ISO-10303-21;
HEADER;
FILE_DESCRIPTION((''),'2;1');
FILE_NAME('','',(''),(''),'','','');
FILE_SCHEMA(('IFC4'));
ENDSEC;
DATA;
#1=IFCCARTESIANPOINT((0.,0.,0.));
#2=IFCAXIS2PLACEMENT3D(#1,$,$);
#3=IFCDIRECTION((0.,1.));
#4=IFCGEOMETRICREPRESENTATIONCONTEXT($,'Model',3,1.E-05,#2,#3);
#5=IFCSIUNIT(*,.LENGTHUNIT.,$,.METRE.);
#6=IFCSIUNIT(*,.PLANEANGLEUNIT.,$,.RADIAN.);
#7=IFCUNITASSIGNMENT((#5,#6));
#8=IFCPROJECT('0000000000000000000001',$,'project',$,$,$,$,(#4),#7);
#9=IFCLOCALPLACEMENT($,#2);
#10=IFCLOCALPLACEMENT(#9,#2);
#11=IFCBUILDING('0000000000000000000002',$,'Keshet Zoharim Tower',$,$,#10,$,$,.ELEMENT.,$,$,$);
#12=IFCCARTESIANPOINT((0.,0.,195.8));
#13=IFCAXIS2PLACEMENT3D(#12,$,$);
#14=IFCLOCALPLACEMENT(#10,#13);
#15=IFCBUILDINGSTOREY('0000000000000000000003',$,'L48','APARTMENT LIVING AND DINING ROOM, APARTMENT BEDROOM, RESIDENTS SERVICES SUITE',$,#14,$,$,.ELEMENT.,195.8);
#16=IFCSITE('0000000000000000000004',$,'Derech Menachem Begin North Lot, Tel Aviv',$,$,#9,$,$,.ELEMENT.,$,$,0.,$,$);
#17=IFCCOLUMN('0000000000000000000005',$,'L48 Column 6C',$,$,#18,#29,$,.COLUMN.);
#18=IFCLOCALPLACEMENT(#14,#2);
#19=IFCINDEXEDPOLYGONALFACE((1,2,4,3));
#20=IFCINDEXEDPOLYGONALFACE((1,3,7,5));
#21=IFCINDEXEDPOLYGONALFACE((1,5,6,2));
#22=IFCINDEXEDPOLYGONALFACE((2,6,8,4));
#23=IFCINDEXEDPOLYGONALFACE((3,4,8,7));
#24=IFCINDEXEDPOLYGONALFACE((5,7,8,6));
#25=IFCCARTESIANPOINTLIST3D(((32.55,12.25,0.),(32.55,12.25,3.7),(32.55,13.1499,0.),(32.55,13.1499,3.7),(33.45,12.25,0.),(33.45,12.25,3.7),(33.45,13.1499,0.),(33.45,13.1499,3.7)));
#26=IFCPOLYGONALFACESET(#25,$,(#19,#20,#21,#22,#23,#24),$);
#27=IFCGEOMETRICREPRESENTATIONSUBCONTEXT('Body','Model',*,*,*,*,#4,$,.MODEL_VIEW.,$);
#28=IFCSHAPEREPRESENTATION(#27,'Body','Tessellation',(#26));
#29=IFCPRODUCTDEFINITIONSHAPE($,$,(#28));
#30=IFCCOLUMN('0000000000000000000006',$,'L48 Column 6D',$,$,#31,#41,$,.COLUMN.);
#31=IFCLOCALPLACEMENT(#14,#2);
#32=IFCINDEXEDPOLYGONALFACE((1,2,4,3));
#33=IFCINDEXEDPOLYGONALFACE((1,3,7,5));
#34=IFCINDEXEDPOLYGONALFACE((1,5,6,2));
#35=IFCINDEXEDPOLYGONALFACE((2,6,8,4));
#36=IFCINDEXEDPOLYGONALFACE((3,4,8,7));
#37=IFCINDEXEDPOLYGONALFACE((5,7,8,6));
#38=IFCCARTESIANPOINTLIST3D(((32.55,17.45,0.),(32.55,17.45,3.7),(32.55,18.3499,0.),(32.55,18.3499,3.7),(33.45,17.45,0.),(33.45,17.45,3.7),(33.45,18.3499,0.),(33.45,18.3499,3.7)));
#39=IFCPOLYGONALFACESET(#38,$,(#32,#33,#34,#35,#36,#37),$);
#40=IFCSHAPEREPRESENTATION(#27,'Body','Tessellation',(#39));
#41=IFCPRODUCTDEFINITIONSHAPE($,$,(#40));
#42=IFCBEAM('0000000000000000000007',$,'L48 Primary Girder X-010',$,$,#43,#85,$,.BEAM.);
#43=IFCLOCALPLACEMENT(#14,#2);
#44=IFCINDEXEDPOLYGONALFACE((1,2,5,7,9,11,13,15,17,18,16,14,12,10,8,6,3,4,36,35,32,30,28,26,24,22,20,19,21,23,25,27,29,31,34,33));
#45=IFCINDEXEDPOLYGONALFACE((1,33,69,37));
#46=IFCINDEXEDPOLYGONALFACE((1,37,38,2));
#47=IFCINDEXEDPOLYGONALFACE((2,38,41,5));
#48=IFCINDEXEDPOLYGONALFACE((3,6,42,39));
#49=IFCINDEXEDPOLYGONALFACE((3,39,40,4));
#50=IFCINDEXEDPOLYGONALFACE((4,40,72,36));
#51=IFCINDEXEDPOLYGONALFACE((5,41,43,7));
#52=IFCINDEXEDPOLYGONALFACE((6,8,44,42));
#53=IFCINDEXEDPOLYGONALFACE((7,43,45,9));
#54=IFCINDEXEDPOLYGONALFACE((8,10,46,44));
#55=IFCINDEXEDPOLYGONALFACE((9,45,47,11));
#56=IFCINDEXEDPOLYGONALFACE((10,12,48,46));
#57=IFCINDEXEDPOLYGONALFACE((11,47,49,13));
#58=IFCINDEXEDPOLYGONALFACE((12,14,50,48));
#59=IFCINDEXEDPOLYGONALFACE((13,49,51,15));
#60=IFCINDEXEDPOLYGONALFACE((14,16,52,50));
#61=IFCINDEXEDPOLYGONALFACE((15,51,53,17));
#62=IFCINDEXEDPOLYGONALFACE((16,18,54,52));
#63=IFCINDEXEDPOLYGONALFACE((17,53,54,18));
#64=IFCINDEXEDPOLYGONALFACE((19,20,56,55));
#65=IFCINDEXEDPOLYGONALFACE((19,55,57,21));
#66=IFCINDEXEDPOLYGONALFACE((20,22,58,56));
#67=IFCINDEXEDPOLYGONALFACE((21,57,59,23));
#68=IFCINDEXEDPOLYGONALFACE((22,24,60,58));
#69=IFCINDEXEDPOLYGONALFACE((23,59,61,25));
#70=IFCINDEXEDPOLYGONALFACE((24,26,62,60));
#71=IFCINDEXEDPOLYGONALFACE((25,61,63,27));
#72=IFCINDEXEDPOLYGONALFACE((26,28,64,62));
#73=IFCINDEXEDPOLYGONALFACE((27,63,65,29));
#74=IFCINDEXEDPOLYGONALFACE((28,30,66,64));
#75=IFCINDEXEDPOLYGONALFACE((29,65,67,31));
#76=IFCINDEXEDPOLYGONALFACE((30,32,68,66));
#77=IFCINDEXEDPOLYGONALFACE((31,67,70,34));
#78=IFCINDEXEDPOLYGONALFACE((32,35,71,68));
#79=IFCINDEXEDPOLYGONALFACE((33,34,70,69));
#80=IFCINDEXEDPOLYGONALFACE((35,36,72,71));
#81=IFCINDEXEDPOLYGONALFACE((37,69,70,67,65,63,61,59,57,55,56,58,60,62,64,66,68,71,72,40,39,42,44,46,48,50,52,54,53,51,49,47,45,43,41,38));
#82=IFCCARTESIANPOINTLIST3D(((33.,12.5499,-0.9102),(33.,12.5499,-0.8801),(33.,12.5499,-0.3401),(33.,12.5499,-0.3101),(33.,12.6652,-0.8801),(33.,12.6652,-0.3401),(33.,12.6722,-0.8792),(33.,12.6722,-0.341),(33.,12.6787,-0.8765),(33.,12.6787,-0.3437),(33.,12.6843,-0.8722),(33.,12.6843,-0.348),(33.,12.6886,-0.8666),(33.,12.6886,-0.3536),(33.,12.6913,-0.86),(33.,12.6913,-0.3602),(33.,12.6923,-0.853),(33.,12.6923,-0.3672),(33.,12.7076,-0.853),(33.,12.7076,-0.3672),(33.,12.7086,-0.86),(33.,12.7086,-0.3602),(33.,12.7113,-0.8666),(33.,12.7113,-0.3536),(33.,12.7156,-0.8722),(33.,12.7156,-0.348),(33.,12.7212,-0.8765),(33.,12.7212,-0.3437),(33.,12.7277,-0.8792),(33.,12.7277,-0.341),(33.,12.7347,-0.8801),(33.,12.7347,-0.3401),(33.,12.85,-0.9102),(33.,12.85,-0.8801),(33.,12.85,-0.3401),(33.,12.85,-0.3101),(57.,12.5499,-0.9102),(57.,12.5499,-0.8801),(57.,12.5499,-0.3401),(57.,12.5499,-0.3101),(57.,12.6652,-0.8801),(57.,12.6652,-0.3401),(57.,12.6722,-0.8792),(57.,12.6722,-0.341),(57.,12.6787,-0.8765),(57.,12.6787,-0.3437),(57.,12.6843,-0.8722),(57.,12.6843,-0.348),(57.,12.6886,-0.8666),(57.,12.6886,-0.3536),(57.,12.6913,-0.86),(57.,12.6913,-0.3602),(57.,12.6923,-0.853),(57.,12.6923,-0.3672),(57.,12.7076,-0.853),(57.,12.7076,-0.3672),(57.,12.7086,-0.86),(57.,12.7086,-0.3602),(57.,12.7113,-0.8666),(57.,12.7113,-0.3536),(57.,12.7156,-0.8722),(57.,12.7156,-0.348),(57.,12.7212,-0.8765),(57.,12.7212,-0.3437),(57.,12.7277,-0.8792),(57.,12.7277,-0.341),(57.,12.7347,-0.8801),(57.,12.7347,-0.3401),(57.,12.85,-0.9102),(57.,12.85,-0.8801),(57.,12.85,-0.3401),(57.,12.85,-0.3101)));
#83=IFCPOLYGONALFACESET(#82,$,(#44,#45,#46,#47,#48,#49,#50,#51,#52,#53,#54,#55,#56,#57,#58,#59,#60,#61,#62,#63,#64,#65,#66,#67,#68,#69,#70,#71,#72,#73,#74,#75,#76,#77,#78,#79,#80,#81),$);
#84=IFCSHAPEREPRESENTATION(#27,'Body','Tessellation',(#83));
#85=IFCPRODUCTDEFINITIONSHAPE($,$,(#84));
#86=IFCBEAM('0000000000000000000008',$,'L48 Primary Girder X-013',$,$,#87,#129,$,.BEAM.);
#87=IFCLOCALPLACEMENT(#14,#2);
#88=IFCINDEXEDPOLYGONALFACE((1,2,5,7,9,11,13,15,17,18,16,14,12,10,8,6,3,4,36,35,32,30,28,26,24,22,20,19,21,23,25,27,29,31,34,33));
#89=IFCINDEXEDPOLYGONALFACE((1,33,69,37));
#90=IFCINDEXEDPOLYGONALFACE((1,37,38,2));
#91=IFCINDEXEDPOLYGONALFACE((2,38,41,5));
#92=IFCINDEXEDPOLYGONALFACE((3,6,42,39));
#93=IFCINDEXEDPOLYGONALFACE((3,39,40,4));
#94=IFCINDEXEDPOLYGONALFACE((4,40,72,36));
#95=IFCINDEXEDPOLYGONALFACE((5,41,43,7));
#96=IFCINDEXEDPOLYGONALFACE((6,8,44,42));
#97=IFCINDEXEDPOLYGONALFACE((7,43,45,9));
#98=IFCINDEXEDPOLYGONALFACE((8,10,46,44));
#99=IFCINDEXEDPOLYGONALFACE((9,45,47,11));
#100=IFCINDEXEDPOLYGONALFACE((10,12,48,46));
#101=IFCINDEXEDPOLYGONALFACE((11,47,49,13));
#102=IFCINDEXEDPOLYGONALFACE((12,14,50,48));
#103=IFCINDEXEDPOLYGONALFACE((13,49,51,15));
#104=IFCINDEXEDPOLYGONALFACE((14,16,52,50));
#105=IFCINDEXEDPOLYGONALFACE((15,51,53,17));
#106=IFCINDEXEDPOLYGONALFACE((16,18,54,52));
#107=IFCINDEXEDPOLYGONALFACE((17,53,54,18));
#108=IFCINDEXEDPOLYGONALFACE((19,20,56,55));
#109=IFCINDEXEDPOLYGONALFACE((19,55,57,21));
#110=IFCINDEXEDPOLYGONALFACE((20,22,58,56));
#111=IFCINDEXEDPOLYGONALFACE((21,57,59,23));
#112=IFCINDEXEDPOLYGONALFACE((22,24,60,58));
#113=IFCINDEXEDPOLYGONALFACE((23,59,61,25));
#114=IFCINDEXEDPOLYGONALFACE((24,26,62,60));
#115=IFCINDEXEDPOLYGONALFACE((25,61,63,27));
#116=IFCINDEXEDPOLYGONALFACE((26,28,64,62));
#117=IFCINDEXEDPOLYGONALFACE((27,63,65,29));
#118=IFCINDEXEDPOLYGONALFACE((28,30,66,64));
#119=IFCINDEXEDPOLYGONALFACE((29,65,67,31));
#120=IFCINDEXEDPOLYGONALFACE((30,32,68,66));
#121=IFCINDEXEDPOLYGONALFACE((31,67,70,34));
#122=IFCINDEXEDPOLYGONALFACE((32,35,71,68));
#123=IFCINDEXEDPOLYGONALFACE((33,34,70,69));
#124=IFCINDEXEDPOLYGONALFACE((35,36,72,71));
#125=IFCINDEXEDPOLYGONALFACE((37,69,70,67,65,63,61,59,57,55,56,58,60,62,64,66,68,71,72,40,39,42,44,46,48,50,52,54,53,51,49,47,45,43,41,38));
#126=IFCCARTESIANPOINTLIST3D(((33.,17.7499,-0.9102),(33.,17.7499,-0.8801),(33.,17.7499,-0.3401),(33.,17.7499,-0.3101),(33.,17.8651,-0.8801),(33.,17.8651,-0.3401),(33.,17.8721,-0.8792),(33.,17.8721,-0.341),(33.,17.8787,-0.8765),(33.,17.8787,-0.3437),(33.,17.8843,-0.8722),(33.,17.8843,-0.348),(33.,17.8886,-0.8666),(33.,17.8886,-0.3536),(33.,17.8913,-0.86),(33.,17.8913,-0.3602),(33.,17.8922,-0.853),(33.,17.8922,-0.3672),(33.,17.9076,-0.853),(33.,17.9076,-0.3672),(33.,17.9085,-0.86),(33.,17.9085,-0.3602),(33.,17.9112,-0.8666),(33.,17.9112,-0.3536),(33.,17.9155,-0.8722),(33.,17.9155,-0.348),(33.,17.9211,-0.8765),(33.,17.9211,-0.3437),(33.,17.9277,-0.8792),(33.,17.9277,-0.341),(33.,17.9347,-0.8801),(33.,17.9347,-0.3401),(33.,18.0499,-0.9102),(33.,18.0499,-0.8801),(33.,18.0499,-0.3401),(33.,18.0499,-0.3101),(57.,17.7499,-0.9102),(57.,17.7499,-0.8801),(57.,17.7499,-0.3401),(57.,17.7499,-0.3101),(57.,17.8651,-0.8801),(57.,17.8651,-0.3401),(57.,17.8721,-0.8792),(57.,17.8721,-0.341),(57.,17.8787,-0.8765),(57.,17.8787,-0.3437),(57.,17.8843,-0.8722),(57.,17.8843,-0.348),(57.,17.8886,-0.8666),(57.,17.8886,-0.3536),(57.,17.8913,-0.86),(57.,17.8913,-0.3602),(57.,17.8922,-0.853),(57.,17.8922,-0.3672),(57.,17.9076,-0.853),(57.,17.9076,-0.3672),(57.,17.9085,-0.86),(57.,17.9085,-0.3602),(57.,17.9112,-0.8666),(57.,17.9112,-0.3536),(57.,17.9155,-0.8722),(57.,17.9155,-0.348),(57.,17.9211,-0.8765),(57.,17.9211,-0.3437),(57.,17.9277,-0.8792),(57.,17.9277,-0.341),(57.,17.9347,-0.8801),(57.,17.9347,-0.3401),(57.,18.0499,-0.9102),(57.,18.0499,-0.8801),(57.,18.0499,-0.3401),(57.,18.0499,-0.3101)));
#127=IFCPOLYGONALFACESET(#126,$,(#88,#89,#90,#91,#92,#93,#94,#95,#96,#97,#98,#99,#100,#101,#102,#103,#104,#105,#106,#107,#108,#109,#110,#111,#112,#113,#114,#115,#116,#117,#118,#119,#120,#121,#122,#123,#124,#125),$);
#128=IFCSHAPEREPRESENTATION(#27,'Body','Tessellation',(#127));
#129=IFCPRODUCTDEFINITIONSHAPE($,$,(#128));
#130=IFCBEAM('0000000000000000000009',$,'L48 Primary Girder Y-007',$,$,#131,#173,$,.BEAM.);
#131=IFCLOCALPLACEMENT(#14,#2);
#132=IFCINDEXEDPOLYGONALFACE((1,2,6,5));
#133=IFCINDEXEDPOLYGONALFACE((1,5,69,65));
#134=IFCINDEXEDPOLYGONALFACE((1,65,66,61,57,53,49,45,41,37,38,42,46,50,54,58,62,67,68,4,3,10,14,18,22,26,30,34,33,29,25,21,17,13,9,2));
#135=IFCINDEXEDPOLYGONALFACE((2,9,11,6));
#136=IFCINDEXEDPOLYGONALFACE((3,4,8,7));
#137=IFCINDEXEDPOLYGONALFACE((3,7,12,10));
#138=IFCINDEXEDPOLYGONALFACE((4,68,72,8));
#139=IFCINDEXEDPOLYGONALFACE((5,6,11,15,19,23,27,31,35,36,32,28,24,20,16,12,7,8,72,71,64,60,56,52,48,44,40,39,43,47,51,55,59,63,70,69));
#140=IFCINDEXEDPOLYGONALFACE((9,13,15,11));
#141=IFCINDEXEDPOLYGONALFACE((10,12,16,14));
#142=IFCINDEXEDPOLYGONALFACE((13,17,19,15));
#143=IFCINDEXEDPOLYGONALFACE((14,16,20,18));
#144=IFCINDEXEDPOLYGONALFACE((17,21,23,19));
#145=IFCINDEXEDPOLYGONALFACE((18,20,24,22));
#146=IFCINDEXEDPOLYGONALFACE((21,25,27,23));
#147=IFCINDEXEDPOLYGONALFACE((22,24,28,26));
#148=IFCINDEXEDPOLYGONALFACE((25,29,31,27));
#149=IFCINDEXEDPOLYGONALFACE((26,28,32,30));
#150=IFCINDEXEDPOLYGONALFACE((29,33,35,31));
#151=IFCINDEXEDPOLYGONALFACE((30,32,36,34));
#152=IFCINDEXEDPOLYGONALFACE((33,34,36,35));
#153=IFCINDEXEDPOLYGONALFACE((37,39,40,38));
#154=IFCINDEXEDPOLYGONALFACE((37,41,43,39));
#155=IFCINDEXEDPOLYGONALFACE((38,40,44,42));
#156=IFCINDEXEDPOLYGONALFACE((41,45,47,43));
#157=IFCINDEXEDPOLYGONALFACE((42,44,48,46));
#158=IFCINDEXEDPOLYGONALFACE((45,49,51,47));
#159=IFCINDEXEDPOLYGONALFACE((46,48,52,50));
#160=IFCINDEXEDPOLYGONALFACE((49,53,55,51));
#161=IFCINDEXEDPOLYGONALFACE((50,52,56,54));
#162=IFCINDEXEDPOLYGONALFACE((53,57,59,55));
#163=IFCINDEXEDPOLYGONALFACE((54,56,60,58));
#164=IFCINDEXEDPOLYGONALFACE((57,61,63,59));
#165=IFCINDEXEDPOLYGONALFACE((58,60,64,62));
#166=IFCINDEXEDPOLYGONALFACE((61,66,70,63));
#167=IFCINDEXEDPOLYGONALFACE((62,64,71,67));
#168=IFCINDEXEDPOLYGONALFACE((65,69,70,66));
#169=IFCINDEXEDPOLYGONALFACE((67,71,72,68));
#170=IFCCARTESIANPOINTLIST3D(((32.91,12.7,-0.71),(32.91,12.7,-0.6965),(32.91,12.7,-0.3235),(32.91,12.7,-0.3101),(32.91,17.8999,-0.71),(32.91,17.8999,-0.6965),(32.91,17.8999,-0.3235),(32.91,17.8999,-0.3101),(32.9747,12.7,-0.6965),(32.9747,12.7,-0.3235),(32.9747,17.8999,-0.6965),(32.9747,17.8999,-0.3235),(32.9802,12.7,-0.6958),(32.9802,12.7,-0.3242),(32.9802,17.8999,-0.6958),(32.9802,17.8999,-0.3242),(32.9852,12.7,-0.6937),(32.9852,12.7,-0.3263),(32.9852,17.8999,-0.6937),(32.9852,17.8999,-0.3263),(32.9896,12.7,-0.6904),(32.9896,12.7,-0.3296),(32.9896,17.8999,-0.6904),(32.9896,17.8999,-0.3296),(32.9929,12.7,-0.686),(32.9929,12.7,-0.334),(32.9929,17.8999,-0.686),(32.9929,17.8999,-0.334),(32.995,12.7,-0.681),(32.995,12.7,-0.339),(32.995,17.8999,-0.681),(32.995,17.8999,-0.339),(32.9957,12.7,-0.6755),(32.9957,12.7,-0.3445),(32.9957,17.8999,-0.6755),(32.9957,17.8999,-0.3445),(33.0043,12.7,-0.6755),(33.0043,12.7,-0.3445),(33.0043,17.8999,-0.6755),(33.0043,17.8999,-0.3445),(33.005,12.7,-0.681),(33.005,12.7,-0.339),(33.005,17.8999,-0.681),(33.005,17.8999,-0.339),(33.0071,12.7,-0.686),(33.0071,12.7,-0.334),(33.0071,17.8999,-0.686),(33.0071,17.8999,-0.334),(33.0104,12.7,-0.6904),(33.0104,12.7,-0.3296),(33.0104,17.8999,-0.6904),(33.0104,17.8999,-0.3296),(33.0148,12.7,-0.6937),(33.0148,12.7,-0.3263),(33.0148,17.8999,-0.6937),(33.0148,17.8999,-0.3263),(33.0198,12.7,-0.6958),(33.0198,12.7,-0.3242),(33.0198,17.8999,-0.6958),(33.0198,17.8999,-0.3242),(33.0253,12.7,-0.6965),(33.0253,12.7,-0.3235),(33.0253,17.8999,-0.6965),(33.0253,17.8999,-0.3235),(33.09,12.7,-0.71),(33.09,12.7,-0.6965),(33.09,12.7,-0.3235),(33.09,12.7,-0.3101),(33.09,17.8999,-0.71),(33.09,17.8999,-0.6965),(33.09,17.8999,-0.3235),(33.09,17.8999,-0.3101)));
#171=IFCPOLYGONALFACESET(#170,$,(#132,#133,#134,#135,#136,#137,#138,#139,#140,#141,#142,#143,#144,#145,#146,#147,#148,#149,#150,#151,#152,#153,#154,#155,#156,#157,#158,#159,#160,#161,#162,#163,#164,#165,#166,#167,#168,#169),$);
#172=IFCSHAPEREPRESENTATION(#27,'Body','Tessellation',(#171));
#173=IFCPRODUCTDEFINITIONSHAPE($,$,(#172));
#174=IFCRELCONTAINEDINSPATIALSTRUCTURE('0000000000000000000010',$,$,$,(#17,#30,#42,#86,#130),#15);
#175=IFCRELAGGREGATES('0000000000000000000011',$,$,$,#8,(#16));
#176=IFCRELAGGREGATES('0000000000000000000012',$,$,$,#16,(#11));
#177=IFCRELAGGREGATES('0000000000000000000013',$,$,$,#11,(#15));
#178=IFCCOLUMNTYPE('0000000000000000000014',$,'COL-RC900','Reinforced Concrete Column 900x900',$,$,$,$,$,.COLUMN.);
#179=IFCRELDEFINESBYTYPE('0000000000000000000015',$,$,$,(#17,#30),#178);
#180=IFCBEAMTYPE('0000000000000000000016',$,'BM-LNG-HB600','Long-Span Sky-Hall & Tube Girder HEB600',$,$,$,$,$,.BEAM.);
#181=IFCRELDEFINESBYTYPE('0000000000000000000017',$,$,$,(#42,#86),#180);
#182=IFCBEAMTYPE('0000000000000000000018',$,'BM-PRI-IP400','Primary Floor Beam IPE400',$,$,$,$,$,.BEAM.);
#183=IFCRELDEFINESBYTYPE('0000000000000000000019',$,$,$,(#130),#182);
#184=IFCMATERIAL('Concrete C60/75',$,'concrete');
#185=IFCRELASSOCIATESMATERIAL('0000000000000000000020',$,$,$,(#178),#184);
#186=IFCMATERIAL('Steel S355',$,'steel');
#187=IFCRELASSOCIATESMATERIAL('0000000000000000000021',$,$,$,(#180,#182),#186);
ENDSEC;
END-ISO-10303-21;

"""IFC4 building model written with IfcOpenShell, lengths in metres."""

from ifc_helpers import new_model, si_unit, direction, frame, origin, origin_2d, place, context, subcontext, project, spatial, rectangle, i_section, extrude, material, material_profile, profile_set, type_object, element, save


model = new_model("IFC4")

# Units and contexts
model_context = context("Model", 3, precision=1e-05, world=origin(), true_north=direction((0.0, 1.0)))
body_context = subcontext(model_context, "Body", "Model", "MODEL_VIEW")
ifc_project = project(units=[si_unit("LENGTHUNIT", "METRE"), si_unit("PLANEANGLEUNIT", "RADIAN")], contexts=[model_context])

# Site, building, storey
site_placement = place(None, origin())
site = spatial("IfcSite", under=ifc_project, at=site_placement, Name="Derech Menachem Begin North Lot, Tel Aviv", CompositionType="ELEMENT", RefElevation=0.0)
building_placement = place(site_placement, origin())
building = spatial("IfcBuilding", under=site, at=building_placement, Name="Keshet Zoharim Tower", CompositionType="ELEMENT")
storey_placement = place(building_placement, frame((0.0, 0.0, 195.8)))
storey = spatial("IfcBuildingStorey", under=building, at=storey_placement, Name="L48", Description="APARTMENT LIVING AND DINING ROOM, APARTMENT BEDROOM, RESIDENTS SERVICES SUITE", CompositionType="ELEMENT", Elevation=195.8)

# Columns
ifc_material_1 = material(Name="Concrete C60/75", Category="concrete")
ifc_material_profile_1 = material_profile(ifc_material_1, rectangle(XDim=0.8999, YDim=0.8999, at=origin_2d()), Name="RC900x900")
ifc_profile_set_1 = profile_set([ifc_material_profile_1], Name="Concrete C60/75")
column_type = type_object("IfcColumnType", Name="COL-RC900", Description="Reinforced Concrete Column 900x900", PredefinedType="COLUMN", material=ifc_profile_set_1)
for number, where, z_axis, x_axis, name in (
    (1, (33.0, 12.7, 0.0), (0.0, 0.0, 1.0), (1.0, 0.0, 0.0), "L48 Column 6C"),
    (2, (33.0, 17.8999, 0.0), (0.0, 0.0, 1.0), (1.0, 0.0, 0.0), "L48 Column 6D"),
):
    element("IfcColumn", number, at=place(storey_placement, frame(where, z_axis=z_axis, x_axis=x_axis)), inside=storey, type_object=column_type, Name=name, PredefinedType="COLUMN", context=body_context, shape_type="SweptSolid", body=[
        extrude(rectangle(XDim=0.8999, YDim=0.8999, at=origin_2d()), origin(), (0.0, 0.0, 1.0), 3.7),
    ])

# Beams
ifc_material_2 = material(Name="Steel S355", Category="steel")
ifc_material_profile_2 = material_profile(ifc_material_2, i_section(OverallWidth=0.3, OverallDepth=0.6001, WebThickness=0.0154, FlangeThickness=0.03, FilletRadius=0.0271, at=origin_2d()), Name="HEB600")
ifc_profile_set_2 = profile_set([ifc_material_profile_2], Name="Steel S355")
beam_type_1 = type_object("IfcBeamType", Name="BM-LNG-HB600", Description="Long-Span Sky-Hall & Tube Girder HEB600", PredefinedType="BEAM", material=ifc_profile_set_2)
for number, where, z_axis, x_axis, name in (
    (3, (33.0, 12.7, -0.6101), (1.0, 0.0, 0.0), (0.0, 1.0, 0.0), "L48 Primary Girder X-010"),
    (4, (33.0, 17.8999, -0.6101), (1.0, 0.0, 0.0), (0.0, 1.0, 0.0), "L48 Primary Girder X-013"),
):
    element("IfcBeam", number, at=place(storey_placement, frame(where, z_axis=z_axis, x_axis=x_axis)), inside=storey, type_object=beam_type_1, Name=name, PredefinedType="BEAM", context=body_context, shape_type="SweptSolid", body=[
        extrude(i_section(OverallWidth=0.3, OverallDepth=0.6001, WebThickness=0.0154, FlangeThickness=0.03, FilletRadius=0.0271, at=origin_2d()), origin(), (0.0, 0.0, 1.0), 24.0),
    ])
ifc_material_profile_3 = material_profile(ifc_material_2, i_section(OverallWidth=0.1799, OverallDepth=0.3999, WebThickness=0.0085, FlangeThickness=0.0134, FilletRadius=0.021, at=origin_2d()), Name="IPE400")
ifc_profile_set_3 = profile_set([ifc_material_profile_3], Name="Steel S355")
beam_type_2 = type_object("IfcBeamType", Name="BM-PRI-IP400", Description="Primary Floor Beam IPE400", PredefinedType="BEAM", material=ifc_profile_set_3)
beam_1_placement = place(storey_placement, frame((33.0, 12.7, -0.51), z_axis=(0.0, 1.0, 0.0), x_axis=(-1.0, 0.0, 0.0)))
element("IfcBeam", 5, at=beam_1_placement, inside=storey, type_object=beam_type_2, Name="L48 Primary Girder Y-007", PredefinedType="BEAM", context=body_context, shape_type="SweptSolid", body=[
    extrude(i_section(OverallWidth=0.1799, OverallDepth=0.3999, WebThickness=0.0085, FlangeThickness=0.0134, FilletRadius=0.021, at=origin_2d()), origin(), (0.0, 0.0, 1.0), 5.2),
])

save(model, "model.ifc")
